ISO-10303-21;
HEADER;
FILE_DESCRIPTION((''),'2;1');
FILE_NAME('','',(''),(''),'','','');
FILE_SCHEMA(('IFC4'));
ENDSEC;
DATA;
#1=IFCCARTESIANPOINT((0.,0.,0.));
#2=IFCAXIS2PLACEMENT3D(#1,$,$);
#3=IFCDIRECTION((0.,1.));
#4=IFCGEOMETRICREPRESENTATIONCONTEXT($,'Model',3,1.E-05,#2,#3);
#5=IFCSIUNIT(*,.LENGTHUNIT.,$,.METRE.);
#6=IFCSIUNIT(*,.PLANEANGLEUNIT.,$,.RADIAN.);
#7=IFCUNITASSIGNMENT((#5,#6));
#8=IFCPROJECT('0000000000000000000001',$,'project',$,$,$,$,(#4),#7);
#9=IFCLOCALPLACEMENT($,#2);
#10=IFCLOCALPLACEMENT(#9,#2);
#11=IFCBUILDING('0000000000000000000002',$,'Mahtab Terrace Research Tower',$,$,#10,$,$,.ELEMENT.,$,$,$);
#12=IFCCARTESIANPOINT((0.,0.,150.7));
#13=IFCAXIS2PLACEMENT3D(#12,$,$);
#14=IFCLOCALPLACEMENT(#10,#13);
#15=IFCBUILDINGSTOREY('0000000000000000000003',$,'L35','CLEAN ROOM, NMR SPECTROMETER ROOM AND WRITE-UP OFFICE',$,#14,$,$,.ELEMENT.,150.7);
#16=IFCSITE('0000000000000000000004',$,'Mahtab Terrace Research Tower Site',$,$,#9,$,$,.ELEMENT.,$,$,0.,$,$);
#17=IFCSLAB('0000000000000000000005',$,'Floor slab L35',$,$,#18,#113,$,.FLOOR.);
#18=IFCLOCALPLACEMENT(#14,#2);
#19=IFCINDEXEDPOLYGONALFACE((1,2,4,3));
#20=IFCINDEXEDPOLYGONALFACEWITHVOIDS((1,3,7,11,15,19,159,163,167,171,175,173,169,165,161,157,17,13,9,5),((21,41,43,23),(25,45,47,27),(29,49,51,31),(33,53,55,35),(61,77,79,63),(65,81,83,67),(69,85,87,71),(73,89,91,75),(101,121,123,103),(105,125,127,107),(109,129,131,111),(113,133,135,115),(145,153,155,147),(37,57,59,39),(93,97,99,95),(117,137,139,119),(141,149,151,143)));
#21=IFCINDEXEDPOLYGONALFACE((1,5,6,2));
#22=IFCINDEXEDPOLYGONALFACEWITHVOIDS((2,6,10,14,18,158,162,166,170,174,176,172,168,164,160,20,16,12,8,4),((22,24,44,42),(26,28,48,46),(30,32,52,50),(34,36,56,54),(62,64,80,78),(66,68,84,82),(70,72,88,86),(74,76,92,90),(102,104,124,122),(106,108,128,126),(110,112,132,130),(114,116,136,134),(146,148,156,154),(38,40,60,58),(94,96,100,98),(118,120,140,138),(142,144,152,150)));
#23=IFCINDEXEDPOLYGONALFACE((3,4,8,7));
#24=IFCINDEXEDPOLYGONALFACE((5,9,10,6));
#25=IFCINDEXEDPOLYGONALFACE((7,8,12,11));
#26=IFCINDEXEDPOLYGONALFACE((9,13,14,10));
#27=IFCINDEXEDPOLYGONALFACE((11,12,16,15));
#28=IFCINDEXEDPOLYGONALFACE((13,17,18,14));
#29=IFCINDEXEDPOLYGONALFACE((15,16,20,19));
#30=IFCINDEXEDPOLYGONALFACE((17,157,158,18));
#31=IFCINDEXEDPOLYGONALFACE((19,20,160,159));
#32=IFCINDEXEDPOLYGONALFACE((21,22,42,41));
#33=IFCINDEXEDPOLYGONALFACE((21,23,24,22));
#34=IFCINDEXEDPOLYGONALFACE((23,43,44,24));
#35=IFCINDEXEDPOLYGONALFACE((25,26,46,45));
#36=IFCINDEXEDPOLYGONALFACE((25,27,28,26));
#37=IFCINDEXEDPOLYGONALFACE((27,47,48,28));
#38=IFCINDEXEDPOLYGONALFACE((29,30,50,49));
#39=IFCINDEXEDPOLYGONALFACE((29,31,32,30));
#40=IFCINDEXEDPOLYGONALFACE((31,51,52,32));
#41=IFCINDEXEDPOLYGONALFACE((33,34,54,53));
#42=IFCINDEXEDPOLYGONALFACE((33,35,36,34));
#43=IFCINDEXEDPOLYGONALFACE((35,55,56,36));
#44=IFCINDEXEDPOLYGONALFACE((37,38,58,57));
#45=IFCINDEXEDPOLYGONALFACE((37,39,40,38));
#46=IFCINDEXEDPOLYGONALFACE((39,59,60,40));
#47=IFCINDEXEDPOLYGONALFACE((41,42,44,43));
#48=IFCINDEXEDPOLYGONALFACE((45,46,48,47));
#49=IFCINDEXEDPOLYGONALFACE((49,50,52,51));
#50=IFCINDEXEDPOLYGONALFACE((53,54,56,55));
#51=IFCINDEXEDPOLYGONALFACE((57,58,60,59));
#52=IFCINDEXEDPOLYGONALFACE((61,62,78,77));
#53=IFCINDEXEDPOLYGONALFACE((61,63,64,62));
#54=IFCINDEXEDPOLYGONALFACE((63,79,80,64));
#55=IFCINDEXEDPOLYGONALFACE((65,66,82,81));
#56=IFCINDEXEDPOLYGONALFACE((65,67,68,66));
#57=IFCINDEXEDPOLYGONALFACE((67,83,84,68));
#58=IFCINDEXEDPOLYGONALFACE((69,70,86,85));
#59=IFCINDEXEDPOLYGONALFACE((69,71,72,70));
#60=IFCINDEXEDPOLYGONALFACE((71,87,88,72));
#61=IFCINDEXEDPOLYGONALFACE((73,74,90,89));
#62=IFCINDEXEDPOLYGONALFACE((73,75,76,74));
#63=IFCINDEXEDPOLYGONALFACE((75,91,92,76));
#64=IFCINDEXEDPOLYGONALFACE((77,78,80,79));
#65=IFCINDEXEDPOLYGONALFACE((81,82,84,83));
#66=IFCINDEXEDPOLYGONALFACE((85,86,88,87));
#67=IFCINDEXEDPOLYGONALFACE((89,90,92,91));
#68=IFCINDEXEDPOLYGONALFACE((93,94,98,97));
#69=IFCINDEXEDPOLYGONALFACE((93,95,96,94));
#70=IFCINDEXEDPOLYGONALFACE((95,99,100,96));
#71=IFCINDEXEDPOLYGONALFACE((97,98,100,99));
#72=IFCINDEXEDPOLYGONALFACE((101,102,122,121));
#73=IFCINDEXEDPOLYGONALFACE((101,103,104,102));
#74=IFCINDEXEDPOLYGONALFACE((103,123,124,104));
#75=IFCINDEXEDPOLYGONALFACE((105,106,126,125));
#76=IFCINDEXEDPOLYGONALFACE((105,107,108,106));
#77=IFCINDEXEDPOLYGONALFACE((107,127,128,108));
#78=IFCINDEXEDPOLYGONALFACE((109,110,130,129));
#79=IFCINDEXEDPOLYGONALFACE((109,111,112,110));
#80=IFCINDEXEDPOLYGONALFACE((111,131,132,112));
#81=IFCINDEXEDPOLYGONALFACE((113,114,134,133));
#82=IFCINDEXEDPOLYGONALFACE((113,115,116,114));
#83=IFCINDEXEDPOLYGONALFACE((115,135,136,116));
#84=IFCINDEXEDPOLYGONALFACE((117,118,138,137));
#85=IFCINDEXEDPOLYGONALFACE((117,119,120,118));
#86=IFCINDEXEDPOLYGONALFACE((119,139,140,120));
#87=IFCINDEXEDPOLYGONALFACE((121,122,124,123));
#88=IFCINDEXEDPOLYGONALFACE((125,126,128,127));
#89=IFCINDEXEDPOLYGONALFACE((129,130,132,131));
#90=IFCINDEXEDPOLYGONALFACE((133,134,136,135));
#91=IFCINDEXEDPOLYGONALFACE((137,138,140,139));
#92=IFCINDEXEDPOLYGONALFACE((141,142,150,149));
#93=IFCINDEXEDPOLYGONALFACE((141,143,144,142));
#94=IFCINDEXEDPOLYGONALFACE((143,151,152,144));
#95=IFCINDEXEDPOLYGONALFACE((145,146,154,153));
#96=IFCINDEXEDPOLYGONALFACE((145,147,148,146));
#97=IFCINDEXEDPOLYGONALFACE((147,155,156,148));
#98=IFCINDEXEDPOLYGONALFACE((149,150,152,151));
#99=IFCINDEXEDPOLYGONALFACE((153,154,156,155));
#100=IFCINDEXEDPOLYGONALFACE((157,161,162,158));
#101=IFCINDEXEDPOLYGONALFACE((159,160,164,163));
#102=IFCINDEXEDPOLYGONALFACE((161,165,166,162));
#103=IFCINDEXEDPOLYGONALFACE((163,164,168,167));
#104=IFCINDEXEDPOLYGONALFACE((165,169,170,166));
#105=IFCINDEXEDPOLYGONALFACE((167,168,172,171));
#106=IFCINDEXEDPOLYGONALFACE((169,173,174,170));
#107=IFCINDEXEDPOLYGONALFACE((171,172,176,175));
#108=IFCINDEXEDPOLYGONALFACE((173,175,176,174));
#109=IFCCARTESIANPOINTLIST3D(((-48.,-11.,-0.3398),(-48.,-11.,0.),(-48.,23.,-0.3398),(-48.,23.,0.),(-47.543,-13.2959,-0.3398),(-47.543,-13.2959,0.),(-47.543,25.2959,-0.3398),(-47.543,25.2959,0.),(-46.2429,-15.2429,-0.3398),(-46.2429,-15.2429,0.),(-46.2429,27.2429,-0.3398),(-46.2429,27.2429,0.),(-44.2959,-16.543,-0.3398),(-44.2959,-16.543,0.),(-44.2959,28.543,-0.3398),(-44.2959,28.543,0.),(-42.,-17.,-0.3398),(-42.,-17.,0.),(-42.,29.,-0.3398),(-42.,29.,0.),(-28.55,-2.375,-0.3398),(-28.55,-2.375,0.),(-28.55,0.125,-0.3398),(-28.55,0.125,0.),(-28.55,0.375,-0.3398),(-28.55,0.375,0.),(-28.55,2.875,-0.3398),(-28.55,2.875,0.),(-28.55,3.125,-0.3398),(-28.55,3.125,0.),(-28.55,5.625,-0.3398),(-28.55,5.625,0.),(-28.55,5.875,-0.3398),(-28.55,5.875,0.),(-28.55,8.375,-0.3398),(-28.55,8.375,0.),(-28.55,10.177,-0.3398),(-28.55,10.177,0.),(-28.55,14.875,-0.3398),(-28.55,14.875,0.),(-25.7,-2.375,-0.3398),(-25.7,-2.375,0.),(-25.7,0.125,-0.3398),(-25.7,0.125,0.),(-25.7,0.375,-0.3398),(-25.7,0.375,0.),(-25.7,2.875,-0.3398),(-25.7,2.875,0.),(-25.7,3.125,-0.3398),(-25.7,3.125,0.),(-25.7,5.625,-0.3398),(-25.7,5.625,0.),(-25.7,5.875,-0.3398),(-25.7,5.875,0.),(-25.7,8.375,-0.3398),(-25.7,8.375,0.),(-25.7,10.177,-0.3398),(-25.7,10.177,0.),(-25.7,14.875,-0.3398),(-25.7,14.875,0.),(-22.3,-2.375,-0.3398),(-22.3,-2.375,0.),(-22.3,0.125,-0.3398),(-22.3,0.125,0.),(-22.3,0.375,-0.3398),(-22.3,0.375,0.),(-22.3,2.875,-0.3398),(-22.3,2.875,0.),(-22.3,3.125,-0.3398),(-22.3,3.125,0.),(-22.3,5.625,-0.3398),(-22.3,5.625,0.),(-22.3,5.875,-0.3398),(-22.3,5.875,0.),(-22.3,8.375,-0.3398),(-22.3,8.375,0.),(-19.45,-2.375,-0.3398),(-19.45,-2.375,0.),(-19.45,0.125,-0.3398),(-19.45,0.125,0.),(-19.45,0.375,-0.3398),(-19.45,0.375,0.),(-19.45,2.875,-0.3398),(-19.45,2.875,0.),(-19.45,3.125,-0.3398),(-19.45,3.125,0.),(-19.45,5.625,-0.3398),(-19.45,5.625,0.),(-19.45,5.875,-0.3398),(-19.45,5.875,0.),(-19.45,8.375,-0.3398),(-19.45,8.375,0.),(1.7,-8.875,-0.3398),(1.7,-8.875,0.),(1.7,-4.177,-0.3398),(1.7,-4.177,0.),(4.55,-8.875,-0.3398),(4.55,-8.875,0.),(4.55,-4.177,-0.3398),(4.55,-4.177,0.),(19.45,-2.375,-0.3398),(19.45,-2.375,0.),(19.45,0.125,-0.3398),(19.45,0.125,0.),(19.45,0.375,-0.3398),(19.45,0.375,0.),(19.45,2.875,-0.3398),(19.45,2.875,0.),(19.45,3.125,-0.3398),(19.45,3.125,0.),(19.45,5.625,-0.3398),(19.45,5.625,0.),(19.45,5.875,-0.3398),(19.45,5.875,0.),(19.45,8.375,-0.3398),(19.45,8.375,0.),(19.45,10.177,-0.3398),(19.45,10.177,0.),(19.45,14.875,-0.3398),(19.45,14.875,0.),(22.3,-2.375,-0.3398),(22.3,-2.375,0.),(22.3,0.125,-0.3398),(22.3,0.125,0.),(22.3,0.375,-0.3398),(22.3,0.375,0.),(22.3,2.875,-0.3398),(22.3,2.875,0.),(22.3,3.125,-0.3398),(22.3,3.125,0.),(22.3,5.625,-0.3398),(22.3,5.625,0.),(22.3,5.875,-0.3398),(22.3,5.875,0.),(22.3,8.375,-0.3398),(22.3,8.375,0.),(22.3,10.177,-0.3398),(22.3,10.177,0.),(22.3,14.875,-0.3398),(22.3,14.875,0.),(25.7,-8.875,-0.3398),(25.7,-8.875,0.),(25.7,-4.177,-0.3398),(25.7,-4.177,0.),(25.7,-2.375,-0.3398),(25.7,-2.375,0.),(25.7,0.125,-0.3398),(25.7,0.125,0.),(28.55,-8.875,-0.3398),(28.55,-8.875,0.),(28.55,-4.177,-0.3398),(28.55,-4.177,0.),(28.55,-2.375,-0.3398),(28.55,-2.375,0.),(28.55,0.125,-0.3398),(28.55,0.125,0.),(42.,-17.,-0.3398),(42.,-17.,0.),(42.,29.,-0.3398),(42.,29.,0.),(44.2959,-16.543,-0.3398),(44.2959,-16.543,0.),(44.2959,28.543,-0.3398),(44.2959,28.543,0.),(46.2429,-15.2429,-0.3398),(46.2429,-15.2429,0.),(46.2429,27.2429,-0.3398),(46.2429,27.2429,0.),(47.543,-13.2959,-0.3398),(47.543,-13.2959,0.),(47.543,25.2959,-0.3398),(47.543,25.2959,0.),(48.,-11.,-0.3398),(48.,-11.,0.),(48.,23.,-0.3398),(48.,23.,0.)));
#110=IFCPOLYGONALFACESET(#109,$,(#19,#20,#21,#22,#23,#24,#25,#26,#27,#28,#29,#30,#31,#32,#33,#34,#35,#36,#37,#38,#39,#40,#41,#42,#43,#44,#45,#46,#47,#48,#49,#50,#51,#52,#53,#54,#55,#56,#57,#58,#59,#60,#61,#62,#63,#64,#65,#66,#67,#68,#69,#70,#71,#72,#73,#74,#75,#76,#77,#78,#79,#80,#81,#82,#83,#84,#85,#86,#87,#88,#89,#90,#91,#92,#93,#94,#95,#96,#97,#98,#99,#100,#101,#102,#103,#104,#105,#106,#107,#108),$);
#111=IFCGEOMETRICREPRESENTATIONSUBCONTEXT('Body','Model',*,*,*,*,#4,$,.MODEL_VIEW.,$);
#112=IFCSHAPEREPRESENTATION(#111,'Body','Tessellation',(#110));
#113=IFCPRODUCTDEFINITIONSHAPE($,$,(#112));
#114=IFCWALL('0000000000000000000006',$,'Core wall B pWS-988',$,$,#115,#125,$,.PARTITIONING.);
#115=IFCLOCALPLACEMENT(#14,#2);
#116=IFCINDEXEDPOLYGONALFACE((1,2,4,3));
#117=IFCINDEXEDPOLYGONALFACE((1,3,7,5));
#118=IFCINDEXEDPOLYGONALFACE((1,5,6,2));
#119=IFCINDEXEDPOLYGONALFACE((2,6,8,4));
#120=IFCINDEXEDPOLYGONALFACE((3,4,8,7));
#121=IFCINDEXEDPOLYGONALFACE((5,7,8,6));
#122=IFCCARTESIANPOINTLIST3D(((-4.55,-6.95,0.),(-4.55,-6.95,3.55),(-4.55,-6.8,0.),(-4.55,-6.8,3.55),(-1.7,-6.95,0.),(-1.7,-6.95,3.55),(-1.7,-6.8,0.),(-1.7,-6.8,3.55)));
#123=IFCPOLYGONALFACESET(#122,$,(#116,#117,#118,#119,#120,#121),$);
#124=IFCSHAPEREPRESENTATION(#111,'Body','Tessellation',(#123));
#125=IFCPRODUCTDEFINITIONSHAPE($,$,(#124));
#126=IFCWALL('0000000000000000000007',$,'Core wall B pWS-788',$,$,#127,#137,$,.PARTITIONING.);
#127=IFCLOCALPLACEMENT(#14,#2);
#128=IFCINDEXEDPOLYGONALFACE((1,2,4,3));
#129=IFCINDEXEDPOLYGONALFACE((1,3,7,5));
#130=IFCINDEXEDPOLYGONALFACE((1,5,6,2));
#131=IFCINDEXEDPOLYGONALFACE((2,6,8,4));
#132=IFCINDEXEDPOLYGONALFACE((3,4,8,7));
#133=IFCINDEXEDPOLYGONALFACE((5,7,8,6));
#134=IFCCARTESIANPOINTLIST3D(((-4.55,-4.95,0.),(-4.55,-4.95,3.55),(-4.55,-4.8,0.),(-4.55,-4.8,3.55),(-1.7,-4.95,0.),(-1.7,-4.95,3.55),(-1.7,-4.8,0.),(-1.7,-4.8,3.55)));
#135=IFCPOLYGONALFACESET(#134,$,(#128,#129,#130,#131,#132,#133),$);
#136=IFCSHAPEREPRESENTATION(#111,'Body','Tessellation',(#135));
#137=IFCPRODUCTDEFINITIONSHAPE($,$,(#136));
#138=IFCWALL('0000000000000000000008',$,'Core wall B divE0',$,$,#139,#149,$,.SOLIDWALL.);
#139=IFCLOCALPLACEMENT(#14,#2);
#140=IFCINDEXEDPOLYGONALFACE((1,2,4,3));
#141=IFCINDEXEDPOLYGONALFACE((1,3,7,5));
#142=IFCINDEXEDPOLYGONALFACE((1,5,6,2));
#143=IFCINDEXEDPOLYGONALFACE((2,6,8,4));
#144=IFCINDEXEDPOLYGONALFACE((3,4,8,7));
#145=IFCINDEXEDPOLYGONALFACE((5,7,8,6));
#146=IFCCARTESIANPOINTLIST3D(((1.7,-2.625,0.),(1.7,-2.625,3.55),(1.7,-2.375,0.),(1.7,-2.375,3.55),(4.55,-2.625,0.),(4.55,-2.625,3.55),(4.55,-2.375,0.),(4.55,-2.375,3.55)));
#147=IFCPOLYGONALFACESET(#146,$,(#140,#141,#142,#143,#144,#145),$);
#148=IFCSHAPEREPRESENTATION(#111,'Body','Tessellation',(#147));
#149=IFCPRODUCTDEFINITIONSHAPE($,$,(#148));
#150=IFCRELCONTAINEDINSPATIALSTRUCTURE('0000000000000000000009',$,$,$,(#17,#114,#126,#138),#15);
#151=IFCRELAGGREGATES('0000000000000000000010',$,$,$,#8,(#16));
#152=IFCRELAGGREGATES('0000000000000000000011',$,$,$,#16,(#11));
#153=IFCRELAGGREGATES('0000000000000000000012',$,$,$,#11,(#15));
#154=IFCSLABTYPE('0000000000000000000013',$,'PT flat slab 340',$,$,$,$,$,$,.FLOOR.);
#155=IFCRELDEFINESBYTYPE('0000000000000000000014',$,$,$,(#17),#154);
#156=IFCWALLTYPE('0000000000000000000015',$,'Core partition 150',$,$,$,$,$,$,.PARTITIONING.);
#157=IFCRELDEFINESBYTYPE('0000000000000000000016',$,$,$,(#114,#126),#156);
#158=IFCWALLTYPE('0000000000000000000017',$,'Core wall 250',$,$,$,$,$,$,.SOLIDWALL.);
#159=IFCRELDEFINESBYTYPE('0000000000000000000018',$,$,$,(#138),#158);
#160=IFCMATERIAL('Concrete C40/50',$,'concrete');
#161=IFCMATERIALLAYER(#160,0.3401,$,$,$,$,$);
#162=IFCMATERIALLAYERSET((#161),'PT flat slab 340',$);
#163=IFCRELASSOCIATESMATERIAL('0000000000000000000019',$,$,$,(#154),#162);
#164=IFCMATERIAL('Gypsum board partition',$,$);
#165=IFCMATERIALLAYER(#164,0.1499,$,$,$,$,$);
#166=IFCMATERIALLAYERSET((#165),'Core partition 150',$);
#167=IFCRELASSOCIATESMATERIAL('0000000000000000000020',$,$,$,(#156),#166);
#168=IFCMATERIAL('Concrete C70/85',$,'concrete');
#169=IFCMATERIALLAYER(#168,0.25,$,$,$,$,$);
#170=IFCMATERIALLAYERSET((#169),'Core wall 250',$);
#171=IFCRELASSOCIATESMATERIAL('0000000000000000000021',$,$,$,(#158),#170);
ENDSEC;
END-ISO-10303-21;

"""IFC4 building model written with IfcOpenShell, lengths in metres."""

from ifc_helpers import new_model, si_unit, direction, frame, frame_2d, origin, place, context, subcontext, project, spatial, polyline, rectangle, outline, extrude, material, layer, layer_set, type_object, element, save


model = new_model("IFC4")

# Units and contexts
model_context = context("Model", 3, precision=1e-05, world=origin(), true_north=direction((0.0, 1.0)))
body_context = subcontext(model_context, "Body", "Model", "MODEL_VIEW")
ifc_project = project(units=[si_unit("LENGTHUNIT", "METRE"), si_unit("PLANEANGLEUNIT", "RADIAN")], contexts=[model_context])

# Site, building, storey
site_placement = place(None, origin())
site = spatial("IfcSite", under=ifc_project, at=site_placement, Name="Mahtab Terrace Research Tower Site", CompositionType="ELEMENT", RefElevation=0.0)
building_placement = place(site_placement, origin())
building = spatial("IfcBuilding", under=site, at=building_placement, Name="Mahtab Terrace Research Tower", CompositionType="ELEMENT")
storey_placement = place(building_placement, frame((0.0, 0.0, 150.7)))
storey = spatial("IfcBuildingStorey", under=building, at=storey_placement, Name="L35", Description="CLEAN ROOM, NMR SPECTROMETER ROOM AND WRITE-UP OFFICE", CompositionType="ELEMENT", Elevation=150.7)

# Slab
ifc_material_1 = material(Name="Concrete C40/50", Category="concrete")
ifc_layer_1 = layer(ifc_material_1, 0.3401)
ifc_layer_set_1 = layer_set([ifc_layer_1], Name="PT flat slab 340")
slab_type = type_object("IfcSlabType", Name="PT flat slab 340", PredefinedType="FLOOR", material=ifc_layer_set_1)
slab_placement = place(storey_placement, frame((0.0, 0.0, -0.3398)))
element("IfcSlab", 1, at=slab_placement, inside=storey, type_object=slab_type, Name="Floor slab L35", PredefinedType="FLOOR", context=body_context, shape_type="SweptSolid", body=[
    extrude(outline(polyline([(47.543, 25.2959), (46.2429, 27.2429), (44.2959, 28.543), (42.0, 29.0), (-42.0, 29.0), (-44.2959, 28.543), (-46.2429, 27.2429), (-47.543, 25.2959), (-48.0, 23.0), (-48.0, -11.0), (-47.543, -13.2959), (-46.2429, -15.2429), (-44.2959, -16.543), (-42.0, -17.0), (42.0, -17.0), (44.2959, -16.543), (46.2429, -15.2429), (47.543, -13.2959), (48.0, -11.0), (48.0, 23.0), (47.543, 25.2959)]), holes=[polyline([(-28.55, -2.375), (-28.55, 0.125), (-25.7, 0.125), (-25.7, -2.375), (-28.55, -2.375)]), polyline([(-22.3, -2.375), (-22.3, 0.125), (-19.45, 0.125), (-19.45, -2.375), (-22.3, -2.375)]), polyline([(-28.55, 0.375), (-28.55, 2.875), (-25.7, 2.875), (-25.7, 0.375), (-28.55, 0.375)]), polyline([(-22.3, 0.375), (-22.3, 2.875), (-19.45, 2.875), (-19.45, 0.375), (-22.3, 0.375)]), polyline([(-28.55, 3.125), (-28.55, 5.625), (-25.7, 5.625), (-25.7, 3.125), (-28.55, 3.125)]), polyline([(-22.3, 3.125), (-22.3, 5.625), (-19.45, 5.625), (-19.45, 3.125), (-22.3, 3.125)]), polyline([(-28.55, 5.875), (-28.55, 8.375), (-25.7, 8.375), (-25.7, 5.875), (-28.55, 5.875)]), polyline([(-22.3, 5.875), (-22.3, 8.375), (-19.45, 8.375), (-19.45, 5.875), (-22.3, 5.875)]), polyline([(-28.55, 10.177), (-28.55, 14.875), (-25.7, 14.875), (-25.7, 10.177), (-28.55, 10.177)]), polyline([(1.7, -8.875), (1.7, -4.177), (4.55, -4.177), (4.55, -8.875), (1.7, -8.875)]), polyline([(25.7, -8.875), (25.7, -4.177), (28.55, -4.177), (28.55, -8.875), (25.7, -8.875)]), polyline([(19.45, -2.375), (19.45, 0.125), (22.3, 0.125), (22.3, -2.375), (19.45, -2.375)]), polyline([(25.7, -2.375), (25.7, 0.125), (28.55, 0.125), (28.55, -2.375), (25.7, -2.375)]), polyline([(19.45, 0.375), (19.45, 2.875), (22.3, 2.875), (22.3, 0.375), (19.45, 0.375)]), polyline([(19.45, 3.125), (19.45, 5.625), (22.3, 5.625), (22.3, 3.125), (19.45, 3.125)]), polyline([(19.45, 8.375), (22.3, 8.375), (22.3, 5.875), (19.45, 5.875), (19.45, 8.375)]), polyline([(19.45, 14.875), (22.3, 14.875), (22.3, 10.177), (19.45, 10.177), (19.45, 14.875)])]), origin(), (0.0, 0.0, 1.0), 0.3398),
])

# Walls
ifc_material_2 = material(Name="Gypsum board partition")
ifc_layer_2 = layer(ifc_material_2, 0.1499)
ifc_layer_set_2 = layer_set([ifc_layer_2], Name="Core partition 150")
wall_type_1 = type_object("IfcWallType", Name="Core partition 150", PredefinedType="PARTITIONING", material=ifc_layer_set_2)
for number, where, z_axis, x_axis, name in (
    (2, (-4.55, -6.875, 0.0), (0.0, 0.0, 1.0), (1.0, 0.0, 0.0), "Core wall B pWS-988"),
    (3, (-4.55, -4.875, 0.0), (0.0, 0.0, 1.0), (1.0, 0.0, 0.0), "Core wall B pWS-788"),
):
    element("IfcWall", number, at=place(storey_placement, frame(where, z_axis=z_axis, x_axis=x_axis)), inside=storey, type_object=wall_type_1, Name=name, PredefinedType="PARTITIONING", context=body_context, shape_type="SweptSolid", body=[
        extrude(rectangle(XDim=2.8501, YDim=0.1499, at=frame_2d((1.425, 0.0))), origin(), (0.0, 0.0, 1.0), 3.55),
    ])
ifc_material_3 = material(Name="Concrete C70/85", Category="concrete")
ifc_layer_3 = layer(ifc_material_3, 0.25)
ifc_layer_set_3 = layer_set([ifc_layer_3], Name="Core wall 250")
wall_type_2 = type_object("IfcWallType", Name="Core wall 250", PredefinedType="SOLIDWALL", material=ifc_layer_set_3)
wall_placement = place(storey_placement, frame((1.7, -2.5, 0.0), z_axis=(0.0, 0.0, 1.0), x_axis=(1.0, 0.0, 0.0)))
element("IfcWall", 4, at=wall_placement, inside=storey, type_object=wall_type_2, Name="Core wall B divE0", PredefinedType="SOLIDWALL", context=body_context, shape_type="SweptSolid", body=[
    extrude(rectangle(XDim=2.8501, YDim=0.25, at=frame_2d((1.425, 0.0))), origin(), (0.0, 0.0, 1.0), 3.55),
])

save(model, "model.ifc")
